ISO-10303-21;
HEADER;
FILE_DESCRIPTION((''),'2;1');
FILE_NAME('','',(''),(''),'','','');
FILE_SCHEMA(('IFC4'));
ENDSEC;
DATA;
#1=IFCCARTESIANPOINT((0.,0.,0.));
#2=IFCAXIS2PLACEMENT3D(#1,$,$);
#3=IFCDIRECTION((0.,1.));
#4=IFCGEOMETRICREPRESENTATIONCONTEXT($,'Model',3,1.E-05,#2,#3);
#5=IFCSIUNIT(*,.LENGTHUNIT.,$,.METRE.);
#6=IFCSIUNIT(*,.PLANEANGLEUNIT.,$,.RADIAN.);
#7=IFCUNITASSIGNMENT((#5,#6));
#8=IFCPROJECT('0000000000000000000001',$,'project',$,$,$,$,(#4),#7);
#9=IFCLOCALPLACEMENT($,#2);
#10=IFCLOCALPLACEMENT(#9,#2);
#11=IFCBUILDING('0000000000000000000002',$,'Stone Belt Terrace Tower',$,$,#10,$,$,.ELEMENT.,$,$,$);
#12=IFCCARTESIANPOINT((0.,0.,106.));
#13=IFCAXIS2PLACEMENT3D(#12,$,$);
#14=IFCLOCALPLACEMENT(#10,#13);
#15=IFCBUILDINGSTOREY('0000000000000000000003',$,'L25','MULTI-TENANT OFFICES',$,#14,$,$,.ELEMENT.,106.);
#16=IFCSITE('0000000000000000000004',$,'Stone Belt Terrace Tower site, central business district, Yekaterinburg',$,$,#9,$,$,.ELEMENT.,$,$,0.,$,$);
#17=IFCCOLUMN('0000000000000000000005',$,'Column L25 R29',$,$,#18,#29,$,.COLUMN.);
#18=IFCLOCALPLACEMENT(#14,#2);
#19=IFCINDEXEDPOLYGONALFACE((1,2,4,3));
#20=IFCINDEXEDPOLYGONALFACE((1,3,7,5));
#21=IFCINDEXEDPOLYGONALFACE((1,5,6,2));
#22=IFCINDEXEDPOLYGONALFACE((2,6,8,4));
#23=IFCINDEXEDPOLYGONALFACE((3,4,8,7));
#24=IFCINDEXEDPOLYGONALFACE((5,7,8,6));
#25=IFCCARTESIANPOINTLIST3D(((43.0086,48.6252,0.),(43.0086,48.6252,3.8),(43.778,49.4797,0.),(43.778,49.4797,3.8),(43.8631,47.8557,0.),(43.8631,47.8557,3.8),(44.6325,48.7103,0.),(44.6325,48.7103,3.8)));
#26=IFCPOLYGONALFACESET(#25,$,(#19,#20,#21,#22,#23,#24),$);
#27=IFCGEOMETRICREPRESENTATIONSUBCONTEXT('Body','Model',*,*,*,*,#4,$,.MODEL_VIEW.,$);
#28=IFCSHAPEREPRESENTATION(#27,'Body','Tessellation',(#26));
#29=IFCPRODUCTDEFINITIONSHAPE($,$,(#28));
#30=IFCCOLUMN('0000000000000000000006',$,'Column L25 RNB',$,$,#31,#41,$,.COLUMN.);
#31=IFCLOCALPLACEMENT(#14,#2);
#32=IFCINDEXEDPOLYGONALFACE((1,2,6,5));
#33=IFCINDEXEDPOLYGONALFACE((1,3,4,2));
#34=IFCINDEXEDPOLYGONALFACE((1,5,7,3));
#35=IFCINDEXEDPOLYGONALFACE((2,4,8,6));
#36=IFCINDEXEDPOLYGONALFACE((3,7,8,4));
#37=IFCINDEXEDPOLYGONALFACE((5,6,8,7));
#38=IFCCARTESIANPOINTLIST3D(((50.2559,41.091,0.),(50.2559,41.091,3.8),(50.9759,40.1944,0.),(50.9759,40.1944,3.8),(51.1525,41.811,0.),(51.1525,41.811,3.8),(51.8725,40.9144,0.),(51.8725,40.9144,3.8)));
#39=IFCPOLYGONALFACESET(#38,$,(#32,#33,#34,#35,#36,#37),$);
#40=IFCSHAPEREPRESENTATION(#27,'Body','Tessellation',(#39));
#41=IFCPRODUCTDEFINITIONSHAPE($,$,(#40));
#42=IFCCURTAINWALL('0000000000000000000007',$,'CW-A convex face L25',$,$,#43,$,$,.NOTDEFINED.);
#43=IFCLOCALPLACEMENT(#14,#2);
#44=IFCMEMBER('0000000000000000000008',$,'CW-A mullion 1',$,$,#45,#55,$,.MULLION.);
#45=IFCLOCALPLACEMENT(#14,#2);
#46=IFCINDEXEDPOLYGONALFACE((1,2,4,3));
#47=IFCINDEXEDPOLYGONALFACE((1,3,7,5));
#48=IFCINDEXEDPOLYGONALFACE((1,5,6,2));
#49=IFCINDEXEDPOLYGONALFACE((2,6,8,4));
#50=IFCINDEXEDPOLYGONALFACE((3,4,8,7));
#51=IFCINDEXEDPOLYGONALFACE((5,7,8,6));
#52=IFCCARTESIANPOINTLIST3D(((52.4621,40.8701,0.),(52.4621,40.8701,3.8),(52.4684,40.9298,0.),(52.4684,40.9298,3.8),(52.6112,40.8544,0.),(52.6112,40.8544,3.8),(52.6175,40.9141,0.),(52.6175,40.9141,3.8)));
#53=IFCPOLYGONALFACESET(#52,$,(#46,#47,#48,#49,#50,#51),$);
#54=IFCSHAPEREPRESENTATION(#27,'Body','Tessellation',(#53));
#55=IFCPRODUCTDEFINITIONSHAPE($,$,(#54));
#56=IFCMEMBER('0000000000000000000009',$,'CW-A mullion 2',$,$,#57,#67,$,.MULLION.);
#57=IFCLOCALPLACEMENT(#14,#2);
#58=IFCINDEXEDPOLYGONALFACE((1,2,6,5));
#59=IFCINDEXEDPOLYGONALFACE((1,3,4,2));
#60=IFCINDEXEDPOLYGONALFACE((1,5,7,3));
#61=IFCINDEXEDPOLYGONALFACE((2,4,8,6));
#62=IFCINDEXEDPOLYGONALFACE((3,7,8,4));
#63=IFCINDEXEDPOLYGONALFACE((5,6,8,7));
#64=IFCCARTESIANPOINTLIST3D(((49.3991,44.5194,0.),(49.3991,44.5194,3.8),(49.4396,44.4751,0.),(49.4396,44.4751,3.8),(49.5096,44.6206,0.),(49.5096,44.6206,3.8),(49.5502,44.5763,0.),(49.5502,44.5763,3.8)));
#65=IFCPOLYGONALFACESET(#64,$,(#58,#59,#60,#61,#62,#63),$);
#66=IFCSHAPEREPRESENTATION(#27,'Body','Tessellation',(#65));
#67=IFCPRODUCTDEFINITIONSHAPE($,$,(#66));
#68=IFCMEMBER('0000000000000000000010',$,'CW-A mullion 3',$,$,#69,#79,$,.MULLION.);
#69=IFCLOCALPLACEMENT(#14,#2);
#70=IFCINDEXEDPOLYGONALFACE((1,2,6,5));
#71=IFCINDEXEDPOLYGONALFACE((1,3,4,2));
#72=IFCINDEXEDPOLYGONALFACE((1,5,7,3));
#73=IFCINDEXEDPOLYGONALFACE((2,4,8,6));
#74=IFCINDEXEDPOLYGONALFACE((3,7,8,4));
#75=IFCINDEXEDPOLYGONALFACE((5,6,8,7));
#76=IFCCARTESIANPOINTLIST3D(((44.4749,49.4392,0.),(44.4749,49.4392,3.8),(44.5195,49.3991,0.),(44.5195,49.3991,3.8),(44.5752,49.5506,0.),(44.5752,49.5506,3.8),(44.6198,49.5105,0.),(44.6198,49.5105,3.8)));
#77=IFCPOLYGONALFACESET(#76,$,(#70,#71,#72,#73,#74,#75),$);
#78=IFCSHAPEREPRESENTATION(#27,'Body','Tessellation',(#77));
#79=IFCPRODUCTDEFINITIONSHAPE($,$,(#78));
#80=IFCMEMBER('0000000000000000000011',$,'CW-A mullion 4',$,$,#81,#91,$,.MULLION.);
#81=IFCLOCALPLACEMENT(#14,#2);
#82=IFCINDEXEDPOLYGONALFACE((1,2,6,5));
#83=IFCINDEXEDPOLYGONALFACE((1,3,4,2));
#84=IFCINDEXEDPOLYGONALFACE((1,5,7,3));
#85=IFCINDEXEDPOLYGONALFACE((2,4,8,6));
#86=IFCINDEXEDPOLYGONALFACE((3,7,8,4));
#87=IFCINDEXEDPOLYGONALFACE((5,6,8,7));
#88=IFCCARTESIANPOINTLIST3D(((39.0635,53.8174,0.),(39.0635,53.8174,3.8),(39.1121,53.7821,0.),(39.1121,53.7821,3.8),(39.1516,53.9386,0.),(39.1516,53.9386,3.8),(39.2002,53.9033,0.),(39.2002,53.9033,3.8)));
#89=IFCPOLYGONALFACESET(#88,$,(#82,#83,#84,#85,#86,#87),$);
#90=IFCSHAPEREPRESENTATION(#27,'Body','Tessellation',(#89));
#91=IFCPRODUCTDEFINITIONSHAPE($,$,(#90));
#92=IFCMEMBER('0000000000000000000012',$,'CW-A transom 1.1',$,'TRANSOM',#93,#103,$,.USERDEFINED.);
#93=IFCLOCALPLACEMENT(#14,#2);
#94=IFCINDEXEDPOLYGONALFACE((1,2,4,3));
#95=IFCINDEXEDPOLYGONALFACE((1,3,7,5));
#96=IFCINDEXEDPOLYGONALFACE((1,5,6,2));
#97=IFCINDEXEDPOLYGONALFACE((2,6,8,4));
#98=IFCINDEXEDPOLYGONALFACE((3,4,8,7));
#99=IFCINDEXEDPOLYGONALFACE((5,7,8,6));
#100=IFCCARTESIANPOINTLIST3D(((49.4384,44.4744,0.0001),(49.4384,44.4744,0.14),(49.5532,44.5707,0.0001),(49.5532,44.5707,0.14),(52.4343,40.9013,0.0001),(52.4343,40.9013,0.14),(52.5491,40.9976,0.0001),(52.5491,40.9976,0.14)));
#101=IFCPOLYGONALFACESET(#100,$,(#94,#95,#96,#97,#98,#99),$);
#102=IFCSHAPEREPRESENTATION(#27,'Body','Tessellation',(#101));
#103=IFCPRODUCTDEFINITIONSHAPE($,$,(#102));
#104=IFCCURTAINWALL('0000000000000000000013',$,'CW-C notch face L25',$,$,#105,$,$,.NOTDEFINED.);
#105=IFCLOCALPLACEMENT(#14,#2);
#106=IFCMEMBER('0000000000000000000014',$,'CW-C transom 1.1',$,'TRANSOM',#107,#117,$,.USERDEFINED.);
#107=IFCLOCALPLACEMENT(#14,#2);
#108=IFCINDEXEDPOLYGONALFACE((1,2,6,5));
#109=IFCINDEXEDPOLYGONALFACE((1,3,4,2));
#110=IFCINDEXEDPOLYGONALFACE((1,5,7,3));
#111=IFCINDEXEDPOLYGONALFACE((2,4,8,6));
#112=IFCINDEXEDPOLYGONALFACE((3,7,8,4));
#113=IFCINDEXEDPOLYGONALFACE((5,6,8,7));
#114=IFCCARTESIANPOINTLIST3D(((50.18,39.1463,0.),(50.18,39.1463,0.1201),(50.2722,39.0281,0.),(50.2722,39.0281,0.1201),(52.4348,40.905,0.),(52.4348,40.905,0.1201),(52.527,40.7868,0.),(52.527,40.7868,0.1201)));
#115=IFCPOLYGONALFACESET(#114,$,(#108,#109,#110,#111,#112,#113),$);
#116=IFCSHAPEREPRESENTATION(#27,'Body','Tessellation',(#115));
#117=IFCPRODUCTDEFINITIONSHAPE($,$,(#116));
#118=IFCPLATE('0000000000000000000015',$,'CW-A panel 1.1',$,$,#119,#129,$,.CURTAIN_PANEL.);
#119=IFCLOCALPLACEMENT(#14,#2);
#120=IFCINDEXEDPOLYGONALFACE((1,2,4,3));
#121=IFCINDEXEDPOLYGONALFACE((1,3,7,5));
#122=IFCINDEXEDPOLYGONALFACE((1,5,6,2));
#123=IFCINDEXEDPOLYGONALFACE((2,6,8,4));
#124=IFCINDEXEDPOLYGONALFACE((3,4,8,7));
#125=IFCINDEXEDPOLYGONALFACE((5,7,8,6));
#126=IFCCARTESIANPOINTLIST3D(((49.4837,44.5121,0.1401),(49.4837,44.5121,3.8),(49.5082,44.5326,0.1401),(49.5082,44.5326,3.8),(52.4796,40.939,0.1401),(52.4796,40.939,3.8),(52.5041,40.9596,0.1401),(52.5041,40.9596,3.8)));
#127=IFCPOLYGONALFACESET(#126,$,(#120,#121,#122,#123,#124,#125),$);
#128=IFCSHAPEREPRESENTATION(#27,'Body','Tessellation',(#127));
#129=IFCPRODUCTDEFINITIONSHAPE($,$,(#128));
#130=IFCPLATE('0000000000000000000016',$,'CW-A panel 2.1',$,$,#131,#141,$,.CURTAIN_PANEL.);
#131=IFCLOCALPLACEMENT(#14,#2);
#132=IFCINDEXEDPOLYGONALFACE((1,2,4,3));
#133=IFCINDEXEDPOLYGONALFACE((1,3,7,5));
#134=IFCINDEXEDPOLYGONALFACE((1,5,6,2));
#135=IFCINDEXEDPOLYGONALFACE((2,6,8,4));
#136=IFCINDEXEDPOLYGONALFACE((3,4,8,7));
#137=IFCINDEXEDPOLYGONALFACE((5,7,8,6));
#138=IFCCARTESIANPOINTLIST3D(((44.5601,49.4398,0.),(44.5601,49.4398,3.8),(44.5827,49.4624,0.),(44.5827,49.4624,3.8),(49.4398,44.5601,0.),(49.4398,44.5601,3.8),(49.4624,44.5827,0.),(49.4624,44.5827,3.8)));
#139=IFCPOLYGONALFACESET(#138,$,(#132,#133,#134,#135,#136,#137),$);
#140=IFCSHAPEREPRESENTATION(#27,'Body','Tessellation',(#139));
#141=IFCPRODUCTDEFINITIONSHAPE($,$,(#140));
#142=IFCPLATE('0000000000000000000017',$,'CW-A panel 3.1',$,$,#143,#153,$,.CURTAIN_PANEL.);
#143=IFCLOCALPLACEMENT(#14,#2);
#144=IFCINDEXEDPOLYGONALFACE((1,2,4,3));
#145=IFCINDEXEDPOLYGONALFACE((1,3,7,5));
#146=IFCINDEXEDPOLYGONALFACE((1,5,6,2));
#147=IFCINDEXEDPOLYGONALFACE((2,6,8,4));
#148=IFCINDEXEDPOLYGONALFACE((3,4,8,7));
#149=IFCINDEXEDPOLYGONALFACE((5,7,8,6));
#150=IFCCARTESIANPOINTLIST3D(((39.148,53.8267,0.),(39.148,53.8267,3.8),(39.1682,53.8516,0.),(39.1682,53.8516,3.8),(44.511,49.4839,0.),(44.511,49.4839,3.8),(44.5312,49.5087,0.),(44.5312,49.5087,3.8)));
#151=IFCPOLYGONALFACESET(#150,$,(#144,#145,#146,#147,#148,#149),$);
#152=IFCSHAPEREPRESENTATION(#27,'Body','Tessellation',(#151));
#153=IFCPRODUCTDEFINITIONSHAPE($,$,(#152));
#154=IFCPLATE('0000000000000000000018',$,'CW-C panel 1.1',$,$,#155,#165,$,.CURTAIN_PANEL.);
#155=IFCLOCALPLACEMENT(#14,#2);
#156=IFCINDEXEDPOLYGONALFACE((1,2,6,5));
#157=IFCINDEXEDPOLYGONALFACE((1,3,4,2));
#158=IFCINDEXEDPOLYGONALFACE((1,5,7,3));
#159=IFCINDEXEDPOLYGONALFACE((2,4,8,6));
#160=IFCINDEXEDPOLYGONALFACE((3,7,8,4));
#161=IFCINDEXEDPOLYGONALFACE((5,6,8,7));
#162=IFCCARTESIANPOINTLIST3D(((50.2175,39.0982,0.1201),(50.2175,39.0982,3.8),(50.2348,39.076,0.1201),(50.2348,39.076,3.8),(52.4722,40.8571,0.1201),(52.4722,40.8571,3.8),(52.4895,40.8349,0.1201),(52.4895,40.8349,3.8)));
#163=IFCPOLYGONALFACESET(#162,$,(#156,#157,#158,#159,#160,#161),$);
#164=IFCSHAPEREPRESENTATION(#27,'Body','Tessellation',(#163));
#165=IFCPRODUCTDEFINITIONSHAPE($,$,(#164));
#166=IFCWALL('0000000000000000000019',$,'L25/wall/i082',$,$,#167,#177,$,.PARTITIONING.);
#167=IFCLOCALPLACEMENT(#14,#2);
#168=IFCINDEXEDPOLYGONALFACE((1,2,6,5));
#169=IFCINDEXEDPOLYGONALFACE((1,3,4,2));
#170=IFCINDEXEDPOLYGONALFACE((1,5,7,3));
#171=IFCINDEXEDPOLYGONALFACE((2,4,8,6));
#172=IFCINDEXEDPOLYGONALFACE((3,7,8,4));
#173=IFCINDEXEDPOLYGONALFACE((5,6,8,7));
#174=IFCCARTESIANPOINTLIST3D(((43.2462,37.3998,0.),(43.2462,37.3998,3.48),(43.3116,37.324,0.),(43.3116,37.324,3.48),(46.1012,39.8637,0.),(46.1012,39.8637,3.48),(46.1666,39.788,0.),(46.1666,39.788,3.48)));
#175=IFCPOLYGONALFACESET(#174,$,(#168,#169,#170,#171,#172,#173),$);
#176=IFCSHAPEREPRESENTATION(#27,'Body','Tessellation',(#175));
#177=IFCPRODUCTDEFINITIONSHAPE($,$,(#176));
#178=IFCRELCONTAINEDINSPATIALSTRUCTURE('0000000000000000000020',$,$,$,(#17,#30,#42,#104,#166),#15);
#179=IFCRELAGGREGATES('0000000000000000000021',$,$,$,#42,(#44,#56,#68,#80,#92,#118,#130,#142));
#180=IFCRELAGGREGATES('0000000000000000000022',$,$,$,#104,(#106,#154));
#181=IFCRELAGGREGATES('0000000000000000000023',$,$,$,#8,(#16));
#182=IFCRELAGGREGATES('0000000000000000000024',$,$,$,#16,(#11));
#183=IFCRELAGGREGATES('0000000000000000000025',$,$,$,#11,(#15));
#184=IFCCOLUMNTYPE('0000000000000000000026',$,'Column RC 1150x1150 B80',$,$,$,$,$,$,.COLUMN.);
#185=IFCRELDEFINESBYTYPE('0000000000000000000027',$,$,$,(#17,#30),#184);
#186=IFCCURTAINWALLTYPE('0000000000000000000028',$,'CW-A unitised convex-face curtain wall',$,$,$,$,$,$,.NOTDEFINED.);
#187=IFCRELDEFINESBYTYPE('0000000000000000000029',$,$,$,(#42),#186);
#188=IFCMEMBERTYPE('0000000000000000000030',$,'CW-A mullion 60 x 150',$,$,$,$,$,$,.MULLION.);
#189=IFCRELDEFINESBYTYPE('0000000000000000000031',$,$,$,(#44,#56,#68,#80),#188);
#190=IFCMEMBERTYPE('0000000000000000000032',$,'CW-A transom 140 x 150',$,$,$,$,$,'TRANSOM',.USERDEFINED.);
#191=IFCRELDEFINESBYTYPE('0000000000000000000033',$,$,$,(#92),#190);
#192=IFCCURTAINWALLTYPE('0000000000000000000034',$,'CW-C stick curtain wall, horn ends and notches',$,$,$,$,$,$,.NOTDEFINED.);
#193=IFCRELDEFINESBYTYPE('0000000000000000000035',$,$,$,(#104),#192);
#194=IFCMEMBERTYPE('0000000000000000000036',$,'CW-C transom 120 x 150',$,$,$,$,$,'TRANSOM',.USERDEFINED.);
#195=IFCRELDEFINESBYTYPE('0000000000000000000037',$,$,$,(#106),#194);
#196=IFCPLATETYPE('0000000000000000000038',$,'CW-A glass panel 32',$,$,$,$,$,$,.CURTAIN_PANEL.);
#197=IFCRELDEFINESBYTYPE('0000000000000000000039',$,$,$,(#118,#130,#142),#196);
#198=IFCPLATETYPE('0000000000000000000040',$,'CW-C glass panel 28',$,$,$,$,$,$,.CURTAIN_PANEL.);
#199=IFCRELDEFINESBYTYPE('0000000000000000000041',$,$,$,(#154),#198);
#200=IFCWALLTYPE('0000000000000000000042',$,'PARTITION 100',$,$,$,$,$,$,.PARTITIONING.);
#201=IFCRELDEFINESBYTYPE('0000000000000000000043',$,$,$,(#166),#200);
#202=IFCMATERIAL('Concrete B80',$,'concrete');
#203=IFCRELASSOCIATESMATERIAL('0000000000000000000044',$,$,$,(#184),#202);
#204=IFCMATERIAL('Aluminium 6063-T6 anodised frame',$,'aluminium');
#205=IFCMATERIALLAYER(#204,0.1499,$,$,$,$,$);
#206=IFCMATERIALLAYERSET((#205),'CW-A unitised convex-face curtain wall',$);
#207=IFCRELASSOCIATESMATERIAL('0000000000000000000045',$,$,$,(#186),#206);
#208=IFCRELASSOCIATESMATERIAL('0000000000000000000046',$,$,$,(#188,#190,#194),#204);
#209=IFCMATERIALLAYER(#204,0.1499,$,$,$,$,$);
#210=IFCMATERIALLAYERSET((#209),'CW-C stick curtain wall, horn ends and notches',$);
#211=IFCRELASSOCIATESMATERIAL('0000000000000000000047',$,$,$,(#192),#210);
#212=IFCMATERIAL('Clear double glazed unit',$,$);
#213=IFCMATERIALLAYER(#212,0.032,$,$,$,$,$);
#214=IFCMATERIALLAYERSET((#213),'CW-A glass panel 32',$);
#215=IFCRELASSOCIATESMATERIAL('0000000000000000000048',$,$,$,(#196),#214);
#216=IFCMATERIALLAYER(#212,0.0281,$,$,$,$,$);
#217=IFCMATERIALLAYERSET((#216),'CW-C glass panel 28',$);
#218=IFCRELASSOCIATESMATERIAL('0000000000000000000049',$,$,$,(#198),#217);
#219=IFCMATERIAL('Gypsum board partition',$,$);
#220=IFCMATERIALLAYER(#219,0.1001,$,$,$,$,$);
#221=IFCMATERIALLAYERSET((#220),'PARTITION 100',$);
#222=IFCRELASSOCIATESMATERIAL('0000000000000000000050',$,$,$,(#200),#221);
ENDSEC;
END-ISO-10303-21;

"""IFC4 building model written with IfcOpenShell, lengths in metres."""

from ifc_helpers import new_model, si_unit, direction, frame, frame_2d, origin, origin_2d, place, context, subcontext, project, spatial, rectangle, extrude, material, layer, layer_set, material_profile, profile_set, type_object, element, aggregate, save


model = new_model("IFC4")

# Units and contexts
model_context = context("Model", 3, precision=1e-05, world=origin(), true_north=direction((0.0, 1.0)))
body_context = subcontext(model_context, "Body", "Model", "MODEL_VIEW")
ifc_project = project(units=[si_unit("LENGTHUNIT", "METRE"), si_unit("PLANEANGLEUNIT", "RADIAN")], contexts=[model_context])

# Site, building, storey
site_placement = place(None, origin())
site = spatial("IfcSite", under=ifc_project, at=site_placement, Name="Stone Belt Terrace Tower site, central business district, Yekaterinburg", CompositionType="ELEMENT", RefElevation=0.0)
building_placement = place(site_placement, origin())
building = spatial("IfcBuilding", under=site, at=building_placement, Name="Stone Belt Terrace Tower", CompositionType="ELEMENT")
storey_placement = place(building_placement, frame((0.0, 0.0, 106.0)))
storey = spatial("IfcBuildingStorey", under=building, at=storey_placement, Name="L25", Description="MULTI-TENANT OFFICES", CompositionType="ELEMENT", Elevation=106.0)

# Columns
ifc_material_1 = material(Name="Concrete B80", Category="concrete")
ifc_material_profile_1 = material_profile(ifc_material_1, rectangle(XDim=1.1499, YDim=1.1499, at=origin_2d()), Name="RC 1150x1150")
ifc_profile_set_1 = profile_set([ifc_material_profile_1], Name="Concrete B80")
column_type = type_object("IfcColumnType", Name="Column RC 1150x1150 B80", PredefinedType="COLUMN", material=ifc_profile_set_1)
for number, where, z_axis, x_axis, name in (
    (1, (43.8206, 48.6677, 0.0), (0.0, 0.0, 1.0), (0.743145, -0.669131, 0.0), "Column L25 R29"),
    (2, (51.0642, 41.0027, 0.0), (0.0, 0.0, 1.0), (0.626104, -0.779739, 0.0), "Column L25 RNB"),
):
    element("IfcColumn", number, at=place(storey_placement, frame(where, z_axis=z_axis, x_axis=x_axis)), inside=storey, type_object=column_type, Name=name, PredefinedType="COLUMN", context=body_context, shape_type="SweptSolid", body=[
        extrude(rectangle(XDim=1.1499, YDim=1.1499, at=origin_2d()), origin(), (0.0, 0.0, 1.0), 3.8),
    ])

# Curtain wall, members
ifc_material_2 = material(Name="Aluminium 6063-T6 anodised frame", Category="aluminium")
ifc_layer_1 = layer(ifc_material_2, 0.1499)
ifc_layer_set_1 = layer_set([ifc_layer_1], Name="CW-A unitised convex-face curtain wall")
curtain_wall_type_1 = type_object("IfcCurtainWallType", Name="CW-A unitised convex-face curtain wall", PredefinedType="NOTDEFINED", material=ifc_layer_set_1)
curtain_wall_1_placement = place(storey_placement, origin())
curtain_wall_1 = element("IfcCurtainWall", 3, at=curtain_wall_1_placement, inside=storey, type_object=curtain_wall_type_1, Name="CW-A convex face L25", PredefinedType="NOTDEFINED")
ifc_material_profile_2 = material_profile(ifc_material_2, rectangle(XDim=0.1499, YDim=0.0601, at=origin_2d()), Name="Aluminium 6063-T6 60x150")
ifc_profile_set_2 = profile_set([ifc_material_profile_2], Name="Aluminium 6063-T6 anodised frame")
member_type_1 = type_object("IfcMemberType", Name="CW-A mullion 60 x 150", PredefinedType="MULLION", material=ifc_profile_set_2)
member_1_placement = place(storey_placement, frame((52.5398, 40.8921, 0.0), z_axis=(0.0, 0.0, 1.0), x_axis=(-0.994465, 0.105071, 0.0)))
member_1 = element("IfcMember", 4, at=member_1_placement, type_object=member_type_1, Name="CW-A mullion 1", PredefinedType="MULLION", context=body_context, shape_type="SweptSolid", body=[
    extrude(rectangle(XDim=0.1499, YDim=0.0601, at=origin_2d()), origin(), (0.0, 0.0, 1.0), 3.8),
])
member_2_placement = place(storey_placement, frame((49.4746, 44.5479, 0.0), z_axis=(0.0, 0.0, 1.0), x_axis=(-0.7374, -0.675456, 0.0)))
member_2 = element("IfcMember", 5, at=member_2_placement, type_object=member_type_1, Name="CW-A mullion 2", PredefinedType="MULLION", context=body_context, shape_type="SweptSolid", body=[
    extrude(rectangle(XDim=0.1499, YDim=0.0601, at=origin_2d()), origin(), (0.0, 0.0, 1.0), 3.8),
])
member_3_placement = place(storey_placement, frame((44.5474, 49.4749, 0.0), z_axis=(0.0, 0.0, 1.0), x_axis=(-0.669131, -0.743145, 0.0)))
member_3 = element("IfcMember", 6, at=member_3_placement, type_object=member_type_1, Name="CW-A mullion 3", PredefinedType="MULLION", context=body_context, shape_type="SweptSolid", body=[
    extrude(rectangle(XDim=0.1499, YDim=0.0601, at=origin_2d()), origin(), (0.0, 0.0, 1.0), 3.8),
])
member_4_placement = place(storey_placement, frame((39.1318, 53.8604, 0.0), z_axis=(0.0, 0.0, 1.0), x_axis=(-0.587785, -0.809017, 0.0)))
member_4 = element("IfcMember", 7, at=member_4_placement, type_object=member_type_1, Name="CW-A mullion 4", PredefinedType="MULLION", context=body_context, shape_type="SweptSolid", body=[
    extrude(rectangle(XDim=0.1499, YDim=0.0601, at=origin_2d()), origin(), (0.0, 0.0, 1.0), 3.8),
])
ifc_material_profile_3 = material_profile(ifc_material_2, rectangle(XDim=0.1499, YDim=0.1399, at=origin_2d()), Name="Aluminium 6063-T6 150x140")
ifc_profile_set_3 = profile_set([ifc_material_profile_3], Name="Aluminium 6063-T6 anodised frame")
member_type_2 = type_object("IfcMemberType", Name="CW-A transom 140 x 150", ElementType="TRANSOM", PredefinedType="USERDEFINED", material=ifc_profile_set_3)
member_5_placement = place(storey_placement, frame((52.4917, 40.9495, 0.0701), z_axis=(-0.642504, 0.766282, 0.0), x_axis=(-0.766282, -0.642504, 0.0)))
member_5 = element("IfcMember", 8, at=member_5_placement, type_object=member_type_2, Name="CW-A transom 1.1", ObjectType="TRANSOM", PredefinedType="USERDEFINED", context=body_context, shape_type="SweptSolid", body=[
    extrude(rectangle(XDim=0.1499, YDim=0.1399, at=origin_2d()), origin(), (0.0, 0.0, 1.0), 4.6628),
])

# Curtain wall, member
ifc_layer_2 = layer(ifc_material_2, 0.1499)
ifc_layer_set_2 = layer_set([ifc_layer_2], Name="CW-C stick curtain wall, horn ends and notches")
curtain_wall_type_2 = type_object("IfcCurtainWallType", Name="CW-C stick curtain wall, horn ends and notches", PredefinedType="NOTDEFINED", material=ifc_layer_set_2)
curtain_wall_2_placement = place(storey_placement, origin())
curtain_wall_2 = element("IfcCurtainWall", 9, at=curtain_wall_2_placement, inside=storey, type_object=curtain_wall_type_2, Name="CW-C notch face L25", PredefinedType="NOTDEFINED")
ifc_material_profile_4 = material_profile(ifc_material_2, rectangle(XDim=0.1499, YDim=0.1201, at=origin_2d()), Name="Aluminium 6063-T6 150x120")
ifc_profile_set_4 = profile_set([ifc_material_profile_4], Name="Aluminium 6063-T6 anodised frame")
member_type_3 = type_object("IfcMemberType", Name="CW-C transom 120 x 150", ElementType="TRANSOM", PredefinedType="USERDEFINED", material=ifc_profile_set_4)
member_6_placement = place(storey_placement, frame((50.2261, 39.0872, 0.0601), z_axis=(0.788506, 0.615028, 0.0), x_axis=(-0.615028, 0.788506, 0.0)))
member_6 = element("IfcMember", 10, at=member_6_placement, type_object=member_type_3, Name="CW-C transom 1.1", ObjectType="TRANSOM", PredefinedType="USERDEFINED", context=body_context, shape_type="SweptSolid", body=[
    extrude(rectangle(XDim=0.1499, YDim=0.1201, at=origin_2d()), origin(), (0.0, 0.0, 1.0), 2.8596),
])

# Plates
ifc_material_3 = material(Name="Clear double glazed unit")
ifc_layer_3 = layer(ifc_material_3, 0.032)
ifc_layer_set_3 = layer_set([ifc_layer_3], Name="CW-A glass panel 32")
plate_type_1 = type_object("IfcPlateType", Name="CW-A glass panel 32", PredefinedType="CURTAIN_PANEL", material=ifc_layer_set_3)
plate_1_placement = place(storey_placement, frame((50.9939, 42.7358, 0.1401), z_axis=(0.0, 0.0, 1.0), x_axis=(-0.642509, 0.766278, 0.0)))
plate_1 = element("IfcPlate", 11, at=plate_1_placement, type_object=plate_type_1, Name="CW-A panel 1.1", PredefinedType="CURTAIN_PANEL", context=body_context, shape_type="SweptSolid", body=[
    extrude(rectangle(XDim=4.6628, YDim=0.032, at=origin_2d()), origin(), (0.0, 0.0, 1.0), 3.6599),
])
plate_2_placement = place(storey_placement, frame((47.0112, 47.0112, 0.0), z_axis=(0.0, 0.0, 1.0), x_axis=(-0.707107, 0.707107, 0.0)))
plate_2 = element("IfcPlate", 12, at=plate_2_placement, type_object=plate_type_1, Name="CW-A panel 2.1", PredefinedType="CURTAIN_PANEL", context=body_context, shape_type="SweptSolid", body=[
    extrude(rectangle(XDim=6.9009, YDim=0.032, at=origin_2d()), origin(), (0.0, 0.0, 1.0), 3.8),
])
plate_3_placement = place(storey_placement, frame((41.8396, 51.6677, 0.0), z_axis=(0.0, 0.0, 1.0), x_axis=(-0.777146, 0.62932, 0.0)))
plate_3 = element("IfcPlate", 13, at=plate_3_placement, type_object=plate_type_1, Name="CW-A panel 3.1", PredefinedType="CURTAIN_PANEL", context=body_context, shape_type="SweptSolid", body=[
    extrude(rectangle(XDim=6.9009, YDim=0.032, at=origin_2d()), origin(), (0.0, 0.0, 1.0), 3.8),
])
aggregate(curtain_wall_1, [member_1, member_2, member_3, member_4, member_5, plate_1, plate_2, plate_3])
ifc_layer_4 = layer(ifc_material_3, 0.0281)
ifc_layer_set_4 = layer_set([ifc_layer_4], Name="CW-C glass panel 28")
plate_type_2 = type_object("IfcPlateType", Name="CW-C glass panel 28", PredefinedType="CURTAIN_PANEL", material=ifc_layer_set_4)
plate_4_placement = place(storey_placement, frame((51.3535, 39.9666, 0.1201), z_axis=(0.0, 0.0, 1.0), x_axis=(0.788458, 0.615089, 0.0)))
plate_4 = element("IfcPlate", 14, at=plate_4_placement, type_object=plate_type_2, Name="CW-C panel 1.1", PredefinedType="CURTAIN_PANEL", context=body_context, shape_type="SweptSolid", body=[
    extrude(rectangle(XDim=2.8596, YDim=0.0281, at=origin_2d()), origin(), (0.0, 0.0, 1.0), 3.6799),
])
aggregate(curtain_wall_2, [member_6, plate_4])

# Wall
ifc_material_4 = material(Name="Gypsum board partition")
ifc_layer_5 = layer(ifc_material_4, 0.1001)
ifc_layer_set_5 = layer_set([ifc_layer_5], Name="PARTITION 100")
wall_type_1 = type_object("IfcWallType", Name="PARTITION 100", PredefinedType="PARTITIONING", material=ifc_layer_set_5)
wall_1_placement = place(storey_placement, frame((46.134, 39.8259, 0.0), z_axis=(0.0, 0.0, 1.0), x_axis=(-0.757059, -0.653347, 0.0)))
element("IfcWall", 15, at=wall_1_placement, inside=storey, type_object=wall_type_1, Name="L25/wall/i082", PredefinedType="PARTITIONING", context=body_context, shape_type="SweptSolid", body=[
    extrude(rectangle(XDim=3.7712, YDim=0.1001, at=frame_2d((1.8857, 0.0))), origin(), (0.0, 0.0, 1.0), 3.48),
])

save(model, "model.ifc")
